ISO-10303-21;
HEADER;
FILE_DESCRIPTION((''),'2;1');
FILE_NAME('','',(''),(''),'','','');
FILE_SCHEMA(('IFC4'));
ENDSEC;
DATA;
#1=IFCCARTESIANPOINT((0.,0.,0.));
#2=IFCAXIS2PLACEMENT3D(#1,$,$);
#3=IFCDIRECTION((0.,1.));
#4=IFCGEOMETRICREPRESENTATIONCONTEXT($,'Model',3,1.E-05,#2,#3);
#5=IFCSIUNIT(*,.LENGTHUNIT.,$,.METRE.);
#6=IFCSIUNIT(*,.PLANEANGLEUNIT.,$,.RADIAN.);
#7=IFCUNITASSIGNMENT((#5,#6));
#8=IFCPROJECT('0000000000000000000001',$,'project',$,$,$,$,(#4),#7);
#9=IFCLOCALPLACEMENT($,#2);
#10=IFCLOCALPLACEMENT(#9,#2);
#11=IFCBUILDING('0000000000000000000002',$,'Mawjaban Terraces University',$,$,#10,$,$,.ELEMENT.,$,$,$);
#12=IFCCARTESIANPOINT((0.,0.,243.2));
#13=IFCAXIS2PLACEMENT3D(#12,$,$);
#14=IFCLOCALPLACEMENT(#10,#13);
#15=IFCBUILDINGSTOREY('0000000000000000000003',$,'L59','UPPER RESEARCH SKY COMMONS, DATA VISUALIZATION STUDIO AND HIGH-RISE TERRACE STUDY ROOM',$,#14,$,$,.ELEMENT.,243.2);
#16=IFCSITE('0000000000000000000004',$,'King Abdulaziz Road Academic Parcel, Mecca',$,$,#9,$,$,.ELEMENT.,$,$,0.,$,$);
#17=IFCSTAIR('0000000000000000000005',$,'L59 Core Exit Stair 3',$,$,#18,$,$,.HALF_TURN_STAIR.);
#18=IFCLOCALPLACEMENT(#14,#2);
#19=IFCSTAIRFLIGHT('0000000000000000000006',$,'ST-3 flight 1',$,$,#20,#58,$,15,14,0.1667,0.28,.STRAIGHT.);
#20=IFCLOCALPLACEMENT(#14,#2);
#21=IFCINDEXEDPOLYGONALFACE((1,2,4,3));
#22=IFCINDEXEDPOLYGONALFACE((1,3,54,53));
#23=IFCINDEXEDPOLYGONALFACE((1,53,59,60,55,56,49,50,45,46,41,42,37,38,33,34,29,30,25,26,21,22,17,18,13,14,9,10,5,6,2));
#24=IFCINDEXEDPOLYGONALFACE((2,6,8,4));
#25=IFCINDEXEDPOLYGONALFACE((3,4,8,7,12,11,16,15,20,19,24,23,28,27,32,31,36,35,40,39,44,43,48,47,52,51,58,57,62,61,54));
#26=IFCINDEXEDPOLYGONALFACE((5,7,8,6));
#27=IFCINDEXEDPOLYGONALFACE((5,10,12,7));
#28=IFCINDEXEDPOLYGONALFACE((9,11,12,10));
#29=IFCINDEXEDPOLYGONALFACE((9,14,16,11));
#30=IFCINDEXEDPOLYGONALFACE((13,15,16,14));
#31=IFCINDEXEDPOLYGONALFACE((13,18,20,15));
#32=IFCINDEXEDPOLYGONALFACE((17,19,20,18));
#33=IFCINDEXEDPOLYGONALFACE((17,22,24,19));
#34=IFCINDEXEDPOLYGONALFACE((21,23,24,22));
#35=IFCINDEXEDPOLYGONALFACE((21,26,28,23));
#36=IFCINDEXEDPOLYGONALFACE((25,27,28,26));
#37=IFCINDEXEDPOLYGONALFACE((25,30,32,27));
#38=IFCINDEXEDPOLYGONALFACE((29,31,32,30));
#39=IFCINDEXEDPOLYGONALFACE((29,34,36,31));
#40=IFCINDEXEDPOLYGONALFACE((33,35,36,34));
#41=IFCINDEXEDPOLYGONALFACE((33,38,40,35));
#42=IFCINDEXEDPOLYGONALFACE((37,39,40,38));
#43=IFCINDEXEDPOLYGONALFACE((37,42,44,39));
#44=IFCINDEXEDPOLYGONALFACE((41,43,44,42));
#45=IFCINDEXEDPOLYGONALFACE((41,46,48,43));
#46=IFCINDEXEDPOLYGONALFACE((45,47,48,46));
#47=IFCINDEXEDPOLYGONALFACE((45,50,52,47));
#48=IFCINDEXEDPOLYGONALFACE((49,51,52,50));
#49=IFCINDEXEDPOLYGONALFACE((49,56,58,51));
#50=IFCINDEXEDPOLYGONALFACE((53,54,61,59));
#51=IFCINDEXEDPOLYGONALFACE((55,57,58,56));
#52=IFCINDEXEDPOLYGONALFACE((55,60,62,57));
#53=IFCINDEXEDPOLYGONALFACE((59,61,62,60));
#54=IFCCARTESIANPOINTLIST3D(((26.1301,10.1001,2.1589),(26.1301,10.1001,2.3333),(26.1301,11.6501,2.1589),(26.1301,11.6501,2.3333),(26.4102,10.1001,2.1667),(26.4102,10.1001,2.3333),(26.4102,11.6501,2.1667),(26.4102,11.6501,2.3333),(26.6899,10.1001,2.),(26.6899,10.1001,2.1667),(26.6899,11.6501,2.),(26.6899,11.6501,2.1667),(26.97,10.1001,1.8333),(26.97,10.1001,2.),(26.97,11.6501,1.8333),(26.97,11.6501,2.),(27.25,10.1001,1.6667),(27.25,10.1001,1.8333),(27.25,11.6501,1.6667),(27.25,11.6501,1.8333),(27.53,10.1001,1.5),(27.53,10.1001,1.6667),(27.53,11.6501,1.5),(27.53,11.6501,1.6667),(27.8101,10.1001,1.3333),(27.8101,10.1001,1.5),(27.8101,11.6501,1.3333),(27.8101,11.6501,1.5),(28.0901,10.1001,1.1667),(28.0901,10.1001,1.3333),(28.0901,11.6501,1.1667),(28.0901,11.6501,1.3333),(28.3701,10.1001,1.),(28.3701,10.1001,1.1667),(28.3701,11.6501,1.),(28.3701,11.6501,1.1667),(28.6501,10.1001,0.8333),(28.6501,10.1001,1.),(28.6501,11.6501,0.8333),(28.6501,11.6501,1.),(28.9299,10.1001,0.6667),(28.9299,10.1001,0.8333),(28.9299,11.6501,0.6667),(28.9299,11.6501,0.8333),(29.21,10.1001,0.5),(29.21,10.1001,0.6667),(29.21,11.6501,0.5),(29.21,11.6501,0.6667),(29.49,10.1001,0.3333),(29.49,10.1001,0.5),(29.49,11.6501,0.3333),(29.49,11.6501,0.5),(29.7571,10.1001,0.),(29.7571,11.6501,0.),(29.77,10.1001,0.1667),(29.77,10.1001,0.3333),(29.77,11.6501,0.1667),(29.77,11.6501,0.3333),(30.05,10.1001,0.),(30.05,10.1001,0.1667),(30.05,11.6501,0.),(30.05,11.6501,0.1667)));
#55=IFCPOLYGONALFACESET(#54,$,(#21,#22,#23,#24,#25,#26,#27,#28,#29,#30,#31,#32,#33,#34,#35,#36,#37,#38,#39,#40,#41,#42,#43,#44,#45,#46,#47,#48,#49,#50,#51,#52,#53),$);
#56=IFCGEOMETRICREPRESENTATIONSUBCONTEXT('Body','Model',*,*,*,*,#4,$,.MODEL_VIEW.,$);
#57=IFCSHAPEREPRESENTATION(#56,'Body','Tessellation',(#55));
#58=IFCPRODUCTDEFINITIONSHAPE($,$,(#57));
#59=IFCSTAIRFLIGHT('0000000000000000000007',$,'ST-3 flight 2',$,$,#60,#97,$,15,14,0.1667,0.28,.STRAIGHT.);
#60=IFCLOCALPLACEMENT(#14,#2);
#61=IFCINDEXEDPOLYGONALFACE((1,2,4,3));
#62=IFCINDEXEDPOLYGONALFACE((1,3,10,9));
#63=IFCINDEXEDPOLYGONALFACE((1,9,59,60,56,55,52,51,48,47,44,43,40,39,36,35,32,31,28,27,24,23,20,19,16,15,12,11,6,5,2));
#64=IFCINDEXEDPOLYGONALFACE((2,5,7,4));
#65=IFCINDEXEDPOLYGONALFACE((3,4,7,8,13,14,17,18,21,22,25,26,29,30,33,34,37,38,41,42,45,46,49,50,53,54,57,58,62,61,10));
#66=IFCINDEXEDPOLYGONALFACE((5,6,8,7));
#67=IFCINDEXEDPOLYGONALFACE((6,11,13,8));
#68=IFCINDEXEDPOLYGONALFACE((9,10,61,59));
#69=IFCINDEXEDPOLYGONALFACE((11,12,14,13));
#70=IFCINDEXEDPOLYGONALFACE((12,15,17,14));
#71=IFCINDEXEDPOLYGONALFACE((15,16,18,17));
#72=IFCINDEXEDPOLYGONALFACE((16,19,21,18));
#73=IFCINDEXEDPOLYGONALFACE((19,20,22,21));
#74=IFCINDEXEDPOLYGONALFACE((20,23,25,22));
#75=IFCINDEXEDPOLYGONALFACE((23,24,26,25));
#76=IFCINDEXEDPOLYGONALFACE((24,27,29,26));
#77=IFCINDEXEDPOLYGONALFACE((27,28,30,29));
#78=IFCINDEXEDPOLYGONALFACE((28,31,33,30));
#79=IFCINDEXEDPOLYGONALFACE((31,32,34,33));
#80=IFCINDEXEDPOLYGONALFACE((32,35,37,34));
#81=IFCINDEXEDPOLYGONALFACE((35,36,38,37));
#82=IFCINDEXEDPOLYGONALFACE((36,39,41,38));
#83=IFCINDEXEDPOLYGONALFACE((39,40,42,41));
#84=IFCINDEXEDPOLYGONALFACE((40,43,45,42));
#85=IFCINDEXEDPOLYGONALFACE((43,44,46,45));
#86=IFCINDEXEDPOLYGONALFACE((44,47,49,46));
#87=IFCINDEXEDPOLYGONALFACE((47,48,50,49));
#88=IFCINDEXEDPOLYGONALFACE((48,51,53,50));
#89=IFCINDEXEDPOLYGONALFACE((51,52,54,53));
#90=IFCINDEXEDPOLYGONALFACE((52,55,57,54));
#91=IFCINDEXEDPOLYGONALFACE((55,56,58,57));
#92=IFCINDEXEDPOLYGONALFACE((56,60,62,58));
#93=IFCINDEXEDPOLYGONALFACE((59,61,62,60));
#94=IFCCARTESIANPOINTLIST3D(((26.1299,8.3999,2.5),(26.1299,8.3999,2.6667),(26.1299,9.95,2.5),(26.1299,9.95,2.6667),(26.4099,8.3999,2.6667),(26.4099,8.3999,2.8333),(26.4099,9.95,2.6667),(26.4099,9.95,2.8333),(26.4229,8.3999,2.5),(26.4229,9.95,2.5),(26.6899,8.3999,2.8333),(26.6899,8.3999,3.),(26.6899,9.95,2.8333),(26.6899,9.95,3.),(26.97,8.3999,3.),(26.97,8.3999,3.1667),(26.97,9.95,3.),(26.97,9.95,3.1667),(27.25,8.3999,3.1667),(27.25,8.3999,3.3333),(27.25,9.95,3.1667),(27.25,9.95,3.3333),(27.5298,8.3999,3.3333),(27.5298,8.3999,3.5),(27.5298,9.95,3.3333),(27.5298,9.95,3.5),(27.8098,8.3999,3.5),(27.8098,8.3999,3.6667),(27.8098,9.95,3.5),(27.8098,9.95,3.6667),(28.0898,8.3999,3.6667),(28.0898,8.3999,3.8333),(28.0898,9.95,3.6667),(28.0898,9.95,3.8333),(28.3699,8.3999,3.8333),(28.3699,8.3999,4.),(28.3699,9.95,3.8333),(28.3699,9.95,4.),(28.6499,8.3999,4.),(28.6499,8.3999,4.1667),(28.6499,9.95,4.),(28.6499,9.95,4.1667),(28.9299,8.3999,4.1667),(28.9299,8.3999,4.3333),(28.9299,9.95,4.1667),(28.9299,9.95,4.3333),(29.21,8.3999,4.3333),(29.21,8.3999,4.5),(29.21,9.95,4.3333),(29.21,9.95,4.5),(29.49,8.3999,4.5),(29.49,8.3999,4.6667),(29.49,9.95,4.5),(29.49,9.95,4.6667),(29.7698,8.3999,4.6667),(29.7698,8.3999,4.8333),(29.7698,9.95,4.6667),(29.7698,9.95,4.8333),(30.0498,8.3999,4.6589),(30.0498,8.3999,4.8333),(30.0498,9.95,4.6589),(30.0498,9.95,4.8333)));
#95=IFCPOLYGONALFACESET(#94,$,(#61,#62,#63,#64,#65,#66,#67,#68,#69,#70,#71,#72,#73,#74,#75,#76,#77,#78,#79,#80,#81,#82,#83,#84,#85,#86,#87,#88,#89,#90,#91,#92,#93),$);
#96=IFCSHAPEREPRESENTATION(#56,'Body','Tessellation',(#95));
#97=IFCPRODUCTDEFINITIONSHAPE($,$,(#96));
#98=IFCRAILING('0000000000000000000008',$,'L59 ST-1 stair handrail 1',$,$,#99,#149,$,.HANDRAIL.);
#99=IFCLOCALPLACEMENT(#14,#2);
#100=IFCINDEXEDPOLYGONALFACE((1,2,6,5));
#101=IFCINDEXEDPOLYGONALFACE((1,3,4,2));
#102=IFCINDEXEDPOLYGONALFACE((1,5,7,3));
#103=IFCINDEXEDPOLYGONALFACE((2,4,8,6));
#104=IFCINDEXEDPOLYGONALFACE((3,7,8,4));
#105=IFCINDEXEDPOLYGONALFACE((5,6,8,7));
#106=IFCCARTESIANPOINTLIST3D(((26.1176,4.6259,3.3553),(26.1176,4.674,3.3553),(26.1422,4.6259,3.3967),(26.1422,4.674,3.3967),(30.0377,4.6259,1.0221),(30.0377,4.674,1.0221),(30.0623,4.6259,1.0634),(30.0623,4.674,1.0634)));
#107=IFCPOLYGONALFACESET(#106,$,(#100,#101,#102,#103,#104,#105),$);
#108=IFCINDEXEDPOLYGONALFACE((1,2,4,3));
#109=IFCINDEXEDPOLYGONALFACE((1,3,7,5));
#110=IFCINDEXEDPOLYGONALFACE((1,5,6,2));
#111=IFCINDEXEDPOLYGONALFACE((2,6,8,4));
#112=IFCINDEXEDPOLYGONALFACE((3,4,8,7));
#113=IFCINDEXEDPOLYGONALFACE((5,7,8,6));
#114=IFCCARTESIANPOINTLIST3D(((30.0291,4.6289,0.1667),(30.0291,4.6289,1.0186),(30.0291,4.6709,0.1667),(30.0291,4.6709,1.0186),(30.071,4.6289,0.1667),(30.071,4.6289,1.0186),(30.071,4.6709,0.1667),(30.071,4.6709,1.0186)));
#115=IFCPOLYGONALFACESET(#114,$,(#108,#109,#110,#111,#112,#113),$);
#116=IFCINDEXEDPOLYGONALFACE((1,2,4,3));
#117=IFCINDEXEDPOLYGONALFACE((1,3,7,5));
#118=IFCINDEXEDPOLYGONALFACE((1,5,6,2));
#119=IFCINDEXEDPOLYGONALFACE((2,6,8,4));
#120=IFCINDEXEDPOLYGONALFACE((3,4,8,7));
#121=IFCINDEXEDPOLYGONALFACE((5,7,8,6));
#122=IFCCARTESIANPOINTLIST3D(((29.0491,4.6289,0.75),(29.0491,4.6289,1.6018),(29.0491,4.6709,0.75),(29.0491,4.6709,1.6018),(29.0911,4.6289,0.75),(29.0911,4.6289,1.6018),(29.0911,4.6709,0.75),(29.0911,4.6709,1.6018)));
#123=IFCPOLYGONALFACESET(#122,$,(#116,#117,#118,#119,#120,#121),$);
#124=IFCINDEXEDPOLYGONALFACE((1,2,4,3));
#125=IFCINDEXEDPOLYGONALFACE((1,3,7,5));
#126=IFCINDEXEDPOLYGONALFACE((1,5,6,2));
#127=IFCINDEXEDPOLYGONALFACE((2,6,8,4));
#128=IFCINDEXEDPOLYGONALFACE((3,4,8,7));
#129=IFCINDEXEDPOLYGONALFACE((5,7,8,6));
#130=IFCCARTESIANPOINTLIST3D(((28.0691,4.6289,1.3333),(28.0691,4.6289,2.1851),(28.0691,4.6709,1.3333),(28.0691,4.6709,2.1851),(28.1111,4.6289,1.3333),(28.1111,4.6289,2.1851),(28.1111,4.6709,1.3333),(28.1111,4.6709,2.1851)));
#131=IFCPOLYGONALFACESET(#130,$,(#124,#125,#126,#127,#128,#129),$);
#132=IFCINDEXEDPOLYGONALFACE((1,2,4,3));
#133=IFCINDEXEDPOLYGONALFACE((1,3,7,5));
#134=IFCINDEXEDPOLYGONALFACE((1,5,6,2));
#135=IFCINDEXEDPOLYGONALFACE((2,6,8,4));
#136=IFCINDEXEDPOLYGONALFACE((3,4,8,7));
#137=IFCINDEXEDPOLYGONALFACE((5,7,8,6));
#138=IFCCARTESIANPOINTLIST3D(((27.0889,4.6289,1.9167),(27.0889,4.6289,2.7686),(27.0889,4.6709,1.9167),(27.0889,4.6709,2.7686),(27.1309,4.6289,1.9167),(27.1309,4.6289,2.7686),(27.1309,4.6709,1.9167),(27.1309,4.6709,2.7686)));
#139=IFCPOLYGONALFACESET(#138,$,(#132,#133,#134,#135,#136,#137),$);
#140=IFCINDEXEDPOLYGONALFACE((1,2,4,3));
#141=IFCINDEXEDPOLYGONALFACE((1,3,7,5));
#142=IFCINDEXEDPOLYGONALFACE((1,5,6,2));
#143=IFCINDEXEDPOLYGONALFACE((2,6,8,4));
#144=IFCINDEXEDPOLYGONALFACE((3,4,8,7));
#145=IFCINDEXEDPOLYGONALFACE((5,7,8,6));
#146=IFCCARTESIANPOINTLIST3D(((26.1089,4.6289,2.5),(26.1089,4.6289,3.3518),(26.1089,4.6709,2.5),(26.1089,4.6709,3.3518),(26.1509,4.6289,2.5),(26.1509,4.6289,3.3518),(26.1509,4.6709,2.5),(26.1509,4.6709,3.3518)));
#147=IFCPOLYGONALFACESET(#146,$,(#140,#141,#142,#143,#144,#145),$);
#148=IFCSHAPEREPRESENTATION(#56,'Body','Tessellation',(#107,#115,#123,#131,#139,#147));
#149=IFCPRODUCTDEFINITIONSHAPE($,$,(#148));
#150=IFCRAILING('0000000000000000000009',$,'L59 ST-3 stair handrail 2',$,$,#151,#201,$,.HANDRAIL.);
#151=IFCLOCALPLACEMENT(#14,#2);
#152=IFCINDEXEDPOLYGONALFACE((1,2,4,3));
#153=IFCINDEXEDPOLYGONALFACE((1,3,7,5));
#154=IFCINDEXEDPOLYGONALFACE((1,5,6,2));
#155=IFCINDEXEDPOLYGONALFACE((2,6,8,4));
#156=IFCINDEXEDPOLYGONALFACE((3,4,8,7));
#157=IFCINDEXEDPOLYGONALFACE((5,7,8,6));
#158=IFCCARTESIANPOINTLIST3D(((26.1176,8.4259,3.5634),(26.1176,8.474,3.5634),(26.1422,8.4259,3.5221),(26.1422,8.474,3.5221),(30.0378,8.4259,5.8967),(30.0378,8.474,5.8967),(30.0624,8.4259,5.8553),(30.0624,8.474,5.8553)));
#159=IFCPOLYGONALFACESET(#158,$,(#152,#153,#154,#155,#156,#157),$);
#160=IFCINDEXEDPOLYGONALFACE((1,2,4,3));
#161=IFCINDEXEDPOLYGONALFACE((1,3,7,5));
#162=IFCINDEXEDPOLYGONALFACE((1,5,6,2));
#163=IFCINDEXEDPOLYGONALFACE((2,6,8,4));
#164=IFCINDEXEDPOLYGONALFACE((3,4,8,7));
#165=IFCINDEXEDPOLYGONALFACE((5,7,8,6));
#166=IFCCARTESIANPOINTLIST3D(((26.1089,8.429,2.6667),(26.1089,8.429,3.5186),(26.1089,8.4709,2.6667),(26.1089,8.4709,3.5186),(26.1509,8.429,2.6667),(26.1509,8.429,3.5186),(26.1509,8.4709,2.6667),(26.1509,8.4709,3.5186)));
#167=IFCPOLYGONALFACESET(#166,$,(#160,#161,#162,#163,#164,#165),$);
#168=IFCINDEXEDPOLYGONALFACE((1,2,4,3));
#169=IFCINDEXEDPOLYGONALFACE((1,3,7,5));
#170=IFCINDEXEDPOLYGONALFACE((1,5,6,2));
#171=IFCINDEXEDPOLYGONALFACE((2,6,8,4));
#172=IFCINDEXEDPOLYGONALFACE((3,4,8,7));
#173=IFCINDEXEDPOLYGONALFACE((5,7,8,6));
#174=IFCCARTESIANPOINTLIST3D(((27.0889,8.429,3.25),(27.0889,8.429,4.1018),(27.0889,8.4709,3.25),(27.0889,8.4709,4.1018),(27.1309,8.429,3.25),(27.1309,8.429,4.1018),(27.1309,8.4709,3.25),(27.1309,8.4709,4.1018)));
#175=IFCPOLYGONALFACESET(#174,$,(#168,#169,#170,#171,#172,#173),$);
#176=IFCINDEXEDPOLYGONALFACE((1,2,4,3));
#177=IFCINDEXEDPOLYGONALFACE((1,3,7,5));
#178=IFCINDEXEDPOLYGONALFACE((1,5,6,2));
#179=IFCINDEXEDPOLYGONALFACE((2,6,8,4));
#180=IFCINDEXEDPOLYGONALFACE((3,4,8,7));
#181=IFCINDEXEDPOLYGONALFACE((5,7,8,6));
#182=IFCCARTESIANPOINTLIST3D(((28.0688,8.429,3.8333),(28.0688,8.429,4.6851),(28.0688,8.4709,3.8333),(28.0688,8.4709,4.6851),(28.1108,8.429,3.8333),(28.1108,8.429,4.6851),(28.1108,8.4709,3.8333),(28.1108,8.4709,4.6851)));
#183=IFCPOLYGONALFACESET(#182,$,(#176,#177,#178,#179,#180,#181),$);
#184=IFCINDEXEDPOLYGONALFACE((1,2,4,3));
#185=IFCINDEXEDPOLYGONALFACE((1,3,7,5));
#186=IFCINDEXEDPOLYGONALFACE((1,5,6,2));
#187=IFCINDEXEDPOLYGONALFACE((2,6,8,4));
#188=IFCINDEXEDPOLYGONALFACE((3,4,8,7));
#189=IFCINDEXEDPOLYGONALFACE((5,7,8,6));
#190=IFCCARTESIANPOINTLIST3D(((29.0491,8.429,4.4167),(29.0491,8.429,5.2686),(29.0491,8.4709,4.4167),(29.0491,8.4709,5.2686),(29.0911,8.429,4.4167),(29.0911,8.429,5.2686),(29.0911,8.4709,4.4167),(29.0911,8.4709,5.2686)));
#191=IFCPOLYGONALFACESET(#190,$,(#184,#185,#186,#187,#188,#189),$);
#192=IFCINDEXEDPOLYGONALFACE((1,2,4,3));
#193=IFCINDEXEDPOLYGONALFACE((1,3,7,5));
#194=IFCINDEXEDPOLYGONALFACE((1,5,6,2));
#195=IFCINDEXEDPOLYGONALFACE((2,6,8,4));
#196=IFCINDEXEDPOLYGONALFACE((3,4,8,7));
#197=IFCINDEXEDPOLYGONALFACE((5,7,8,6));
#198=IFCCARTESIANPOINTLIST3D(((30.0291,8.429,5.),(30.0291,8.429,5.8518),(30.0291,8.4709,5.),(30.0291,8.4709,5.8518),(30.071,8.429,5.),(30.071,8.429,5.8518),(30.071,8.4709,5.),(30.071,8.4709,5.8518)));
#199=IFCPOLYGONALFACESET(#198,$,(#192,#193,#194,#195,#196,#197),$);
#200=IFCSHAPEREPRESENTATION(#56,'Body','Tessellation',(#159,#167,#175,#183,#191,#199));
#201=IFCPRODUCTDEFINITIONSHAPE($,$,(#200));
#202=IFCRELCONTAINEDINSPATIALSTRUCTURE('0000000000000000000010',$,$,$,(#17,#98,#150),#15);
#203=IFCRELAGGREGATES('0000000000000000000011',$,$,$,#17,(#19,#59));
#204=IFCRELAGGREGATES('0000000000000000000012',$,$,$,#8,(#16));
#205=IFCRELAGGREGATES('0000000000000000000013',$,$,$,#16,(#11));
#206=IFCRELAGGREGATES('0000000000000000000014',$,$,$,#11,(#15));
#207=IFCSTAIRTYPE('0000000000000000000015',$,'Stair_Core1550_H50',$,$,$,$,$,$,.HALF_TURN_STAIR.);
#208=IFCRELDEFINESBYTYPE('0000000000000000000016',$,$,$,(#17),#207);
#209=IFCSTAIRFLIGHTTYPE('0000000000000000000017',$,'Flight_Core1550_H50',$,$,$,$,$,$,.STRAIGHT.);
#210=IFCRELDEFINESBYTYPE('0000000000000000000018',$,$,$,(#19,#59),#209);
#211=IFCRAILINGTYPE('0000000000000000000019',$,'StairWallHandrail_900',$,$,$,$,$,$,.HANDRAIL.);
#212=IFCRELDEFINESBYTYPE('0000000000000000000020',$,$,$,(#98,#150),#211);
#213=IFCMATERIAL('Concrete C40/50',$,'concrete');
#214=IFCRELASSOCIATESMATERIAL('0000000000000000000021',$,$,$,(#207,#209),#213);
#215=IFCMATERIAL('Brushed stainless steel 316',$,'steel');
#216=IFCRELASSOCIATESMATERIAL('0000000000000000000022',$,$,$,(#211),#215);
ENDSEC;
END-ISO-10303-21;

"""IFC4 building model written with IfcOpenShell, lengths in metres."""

from ifc_helpers import new_model, si_unit, direction, frame, origin, origin_2d, place, context, subcontext, project, spatial, polyline, rectangle, outline, extrude, material, type_object, element, aggregate, save


model = new_model("IFC4")

# Units and contexts
model_context = context("Model", 3, precision=1e-05, world=origin(), true_north=direction((0.0, 1.0)))
body_context = subcontext(model_context, "Body", "Model", "MODEL_VIEW")
ifc_project = project(units=[si_unit("LENGTHUNIT", "METRE"), si_unit("PLANEANGLEUNIT", "RADIAN")], contexts=[model_context])

# Site, building, storey
site_placement = place(None, origin())
site = spatial("IfcSite", under=ifc_project, at=site_placement, Name="King Abdulaziz Road Academic Parcel, Mecca", CompositionType="ELEMENT", RefElevation=0.0)
building_placement = place(site_placement, origin())
building = spatial("IfcBuilding", under=site, at=building_placement, Name="Mawjaban Terraces University", CompositionType="ELEMENT")
storey_placement = place(building_placement, frame((0.0, 0.0, 243.2)))
storey = spatial("IfcBuildingStorey", under=building, at=storey_placement, Name="L59", Description="UPPER RESEARCH SKY COMMONS, DATA VISUALIZATION STUDIO AND HIGH-RISE TERRACE STUDY ROOM", CompositionType="ELEMENT", Elevation=243.2)

# Shared definitions
ifc_material_1 = material(Name="Concrete C40/50", Category="concrete")

# Stair, stair flights
stair_type = type_object("IfcStairType", Name="Stair_Core1550_H50", PredefinedType="HALF_TURN_STAIR", material=ifc_material_1)
stair_placement = place(storey_placement, origin())
stair = element("IfcStair", 1, at=stair_placement, inside=storey, type_object=stair_type, Name="L59 Core Exit Stair 3", PredefinedType="HALF_TURN_STAIR")
stair_flight_type = type_object("IfcStairFlightType", Name="Flight_Core1550_H50", PredefinedType="STRAIGHT", material=ifc_material_1)
stair_flight_1_placement = place(storey_placement, frame((30.05, 10.875, 0.0), z_axis=(0.0, 0.0, 1.0), x_axis=(-1.0, 0.0, 0.0)))
stair_flight_1 = element("IfcStairFlight", 2, at=stair_flight_1_placement, type_object=stair_flight_type, Name="ST-3 flight 1", NumberOfRisers=15, NumberOfTreads=14, PredefinedType="STRAIGHT", RiserHeight=0.1667, TreadLength=0.28, context=body_context, shape_type="SweptSolid", body=[
    extrude(outline(polyline([(0.0, 0.0), (0.0, 0.1667), (0.28, 0.1667), (0.28, 0.3333), (0.5601, 0.3333), (0.5601, 0.5), (0.8401, 0.5), (0.8401, 0.6667), (1.1201, 0.6667), (1.1201, 0.8333), (1.3999, 0.8333), (1.3999, 1.0), (1.6799, 1.0), (1.6799, 1.1667), (1.96, 1.1667), (1.96, 1.3333), (2.24, 1.3333), (2.24, 1.5), (2.52, 1.5), (2.52, 1.6667), (2.8, 1.6667), (2.8, 1.8333), (3.0801, 1.8333), (3.0801, 2.0), (3.3601, 2.0), (3.3601, 2.1667), (3.6399, 2.1667), (3.6399, 2.3333), (3.9199, 2.3333), (3.9199, 2.5), (3.9199, 2.1589), (0.293, 0.0), (0.0, 0.0)])), frame((0.0, 0.7749, 0.0), z_axis=(0.0, -1.0, 0.0), x_axis=(1.0, 0.0, 0.0)), (0.0, 0.0, 1.0), 1.55),
])
stair_flight_2_placement = place(storey_placement, frame((26.1299, 9.175, 2.5), z_axis=(0.0, 0.0, 1.0), x_axis=(1.0, 0.0, 0.0)))
stair_flight_2 = element("IfcStairFlight", 3, at=stair_flight_2_placement, type_object=stair_flight_type, Name="ST-3 flight 2", NumberOfRisers=15, NumberOfTreads=14, PredefinedType="STRAIGHT", RiserHeight=0.1667, TreadLength=0.28, context=body_context, shape_type="SweptSolid", body=[
    extrude(outline(polyline([(0.0, 0.0), (0.0, 0.1667), (0.28, 0.1667), (0.28, 0.3333), (0.5601, 0.3333), (0.5601, 0.5), (0.8401, 0.5), (0.8401, 0.6667), (1.1201, 0.6667), (1.1201, 0.8333), (1.3999, 0.8333), (1.3999, 1.0), (1.6799, 1.0), (1.6799, 1.1667), (1.96, 1.1667), (1.96, 1.3333), (2.24, 1.3333), (2.24, 1.5), (2.52, 1.5), (2.52, 1.6667), (2.8, 1.6667), (2.8, 1.8333), (3.0801, 1.8333), (3.0801, 2.0), (3.3601, 2.0), (3.3601, 2.1667), (3.6399, 2.1667), (3.6399, 2.3333), (3.9199, 2.3333), (3.9199, 2.5), (3.9199, 2.1589), (0.293, 0.0), (0.0, 0.0)])), frame((0.0, 0.7749, 0.0), z_axis=(0.0, -1.0, 0.0), x_axis=(1.0, 0.0, 0.0)), (0.0, 0.0, 1.0), 1.55),
])
aggregate(stair, [stair_flight_1, stair_flight_2])

# Railings
ifc_material_2 = material(Name="Brushed stainless steel 316", Category="steel")
railing_type_1 = type_object("IfcRailingType", Name="StairWallHandrail_900", PredefinedType="HANDRAIL", material=ifc_material_2)
railing_1_placement = place(storey_placement, frame((30.05, 4.6499, 0.1667)))
element("IfcRailing", 4, at=railing_1_placement, inside=storey, type_object=railing_type_1, Name="L59 ST-1 stair handrail 1", PredefinedType="HANDRAIL", context=body_context, shape_type="SweptSolid", body=[
    extrude(rectangle(XDim=0.0481, YDim=0.0481, at=origin_2d()), frame((0.0, 0.0, 0.876), z_axis=(-0.85931, 0.0, 0.511455), x_axis=(0.0, -1.0, 0.0)), (0.0, 0.0, 1.0), 4.562),
    extrude(rectangle(XDim=0.042, YDim=0.042, at=origin_2d()), origin(), (0.0, 0.0, 1.0), 0.8518),
    extrude(rectangle(XDim=0.042, YDim=0.042, at=origin_2d()), frame((-0.98, 0.0, 0.5833)), (0.0, 0.0, 1.0), 0.8518),
    extrude(rectangle(XDim=0.042, YDim=0.042, at=origin_2d()), frame((-1.96, 0.0, 1.1665)), (0.0, 0.0, 1.0), 0.8518),
    extrude(rectangle(XDim=0.042, YDim=0.042, at=origin_2d()), frame((-2.9402, 0.0, 1.75)), (0.0, 0.0, 1.0), 0.8518),
    extrude(rectangle(XDim=0.042, YDim=0.042, at=origin_2d()), frame((-3.9202, 0.0, 2.3333)), (0.0, 0.0, 1.0), 0.8518),
])
railing_2_placement = place(storey_placement, frame((26.1299, 8.45, 2.6667)))
element("IfcRailing", 5, at=railing_2_placement, inside=storey, type_object=railing_type_1, Name="L59 ST-3 stair handrail 2", PredefinedType="HANDRAIL", context=body_context, shape_type="SweptSolid", body=[
    extrude(rectangle(XDim=0.0481, YDim=0.0481, at=origin_2d()), frame((0.0, 0.0, 0.876), z_axis=(0.85931, 0.0, 0.511455), x_axis=(0.0, 1.0, 0.0)), (0.0, 0.0, 1.0), 4.562),
    extrude(rectangle(XDim=0.042, YDim=0.042, at=origin_2d()), origin(), (0.0, 0.0, 1.0), 0.8518),
    extrude(rectangle(XDim=0.042, YDim=0.042, at=origin_2d()), frame((0.98, 0.0, 0.5833)), (0.0, 0.0, 1.0), 0.8518),
    extrude(rectangle(XDim=0.042, YDim=0.042, at=origin_2d()), frame((1.96, 0.0, 1.1665)), (0.0, 0.0, 1.0), 0.8518),
    extrude(rectangle(XDim=0.042, YDim=0.042, at=origin_2d()), frame((2.9402, 0.0, 1.75)), (0.0, 0.0, 1.0), 0.8518),
    extrude(rectangle(XDim=0.042, YDim=0.042, at=origin_2d()), frame((3.9202, 0.0, 2.3333)), (0.0, 0.0, 1.0), 0.8518),
])

save(model, "model.ifc")
